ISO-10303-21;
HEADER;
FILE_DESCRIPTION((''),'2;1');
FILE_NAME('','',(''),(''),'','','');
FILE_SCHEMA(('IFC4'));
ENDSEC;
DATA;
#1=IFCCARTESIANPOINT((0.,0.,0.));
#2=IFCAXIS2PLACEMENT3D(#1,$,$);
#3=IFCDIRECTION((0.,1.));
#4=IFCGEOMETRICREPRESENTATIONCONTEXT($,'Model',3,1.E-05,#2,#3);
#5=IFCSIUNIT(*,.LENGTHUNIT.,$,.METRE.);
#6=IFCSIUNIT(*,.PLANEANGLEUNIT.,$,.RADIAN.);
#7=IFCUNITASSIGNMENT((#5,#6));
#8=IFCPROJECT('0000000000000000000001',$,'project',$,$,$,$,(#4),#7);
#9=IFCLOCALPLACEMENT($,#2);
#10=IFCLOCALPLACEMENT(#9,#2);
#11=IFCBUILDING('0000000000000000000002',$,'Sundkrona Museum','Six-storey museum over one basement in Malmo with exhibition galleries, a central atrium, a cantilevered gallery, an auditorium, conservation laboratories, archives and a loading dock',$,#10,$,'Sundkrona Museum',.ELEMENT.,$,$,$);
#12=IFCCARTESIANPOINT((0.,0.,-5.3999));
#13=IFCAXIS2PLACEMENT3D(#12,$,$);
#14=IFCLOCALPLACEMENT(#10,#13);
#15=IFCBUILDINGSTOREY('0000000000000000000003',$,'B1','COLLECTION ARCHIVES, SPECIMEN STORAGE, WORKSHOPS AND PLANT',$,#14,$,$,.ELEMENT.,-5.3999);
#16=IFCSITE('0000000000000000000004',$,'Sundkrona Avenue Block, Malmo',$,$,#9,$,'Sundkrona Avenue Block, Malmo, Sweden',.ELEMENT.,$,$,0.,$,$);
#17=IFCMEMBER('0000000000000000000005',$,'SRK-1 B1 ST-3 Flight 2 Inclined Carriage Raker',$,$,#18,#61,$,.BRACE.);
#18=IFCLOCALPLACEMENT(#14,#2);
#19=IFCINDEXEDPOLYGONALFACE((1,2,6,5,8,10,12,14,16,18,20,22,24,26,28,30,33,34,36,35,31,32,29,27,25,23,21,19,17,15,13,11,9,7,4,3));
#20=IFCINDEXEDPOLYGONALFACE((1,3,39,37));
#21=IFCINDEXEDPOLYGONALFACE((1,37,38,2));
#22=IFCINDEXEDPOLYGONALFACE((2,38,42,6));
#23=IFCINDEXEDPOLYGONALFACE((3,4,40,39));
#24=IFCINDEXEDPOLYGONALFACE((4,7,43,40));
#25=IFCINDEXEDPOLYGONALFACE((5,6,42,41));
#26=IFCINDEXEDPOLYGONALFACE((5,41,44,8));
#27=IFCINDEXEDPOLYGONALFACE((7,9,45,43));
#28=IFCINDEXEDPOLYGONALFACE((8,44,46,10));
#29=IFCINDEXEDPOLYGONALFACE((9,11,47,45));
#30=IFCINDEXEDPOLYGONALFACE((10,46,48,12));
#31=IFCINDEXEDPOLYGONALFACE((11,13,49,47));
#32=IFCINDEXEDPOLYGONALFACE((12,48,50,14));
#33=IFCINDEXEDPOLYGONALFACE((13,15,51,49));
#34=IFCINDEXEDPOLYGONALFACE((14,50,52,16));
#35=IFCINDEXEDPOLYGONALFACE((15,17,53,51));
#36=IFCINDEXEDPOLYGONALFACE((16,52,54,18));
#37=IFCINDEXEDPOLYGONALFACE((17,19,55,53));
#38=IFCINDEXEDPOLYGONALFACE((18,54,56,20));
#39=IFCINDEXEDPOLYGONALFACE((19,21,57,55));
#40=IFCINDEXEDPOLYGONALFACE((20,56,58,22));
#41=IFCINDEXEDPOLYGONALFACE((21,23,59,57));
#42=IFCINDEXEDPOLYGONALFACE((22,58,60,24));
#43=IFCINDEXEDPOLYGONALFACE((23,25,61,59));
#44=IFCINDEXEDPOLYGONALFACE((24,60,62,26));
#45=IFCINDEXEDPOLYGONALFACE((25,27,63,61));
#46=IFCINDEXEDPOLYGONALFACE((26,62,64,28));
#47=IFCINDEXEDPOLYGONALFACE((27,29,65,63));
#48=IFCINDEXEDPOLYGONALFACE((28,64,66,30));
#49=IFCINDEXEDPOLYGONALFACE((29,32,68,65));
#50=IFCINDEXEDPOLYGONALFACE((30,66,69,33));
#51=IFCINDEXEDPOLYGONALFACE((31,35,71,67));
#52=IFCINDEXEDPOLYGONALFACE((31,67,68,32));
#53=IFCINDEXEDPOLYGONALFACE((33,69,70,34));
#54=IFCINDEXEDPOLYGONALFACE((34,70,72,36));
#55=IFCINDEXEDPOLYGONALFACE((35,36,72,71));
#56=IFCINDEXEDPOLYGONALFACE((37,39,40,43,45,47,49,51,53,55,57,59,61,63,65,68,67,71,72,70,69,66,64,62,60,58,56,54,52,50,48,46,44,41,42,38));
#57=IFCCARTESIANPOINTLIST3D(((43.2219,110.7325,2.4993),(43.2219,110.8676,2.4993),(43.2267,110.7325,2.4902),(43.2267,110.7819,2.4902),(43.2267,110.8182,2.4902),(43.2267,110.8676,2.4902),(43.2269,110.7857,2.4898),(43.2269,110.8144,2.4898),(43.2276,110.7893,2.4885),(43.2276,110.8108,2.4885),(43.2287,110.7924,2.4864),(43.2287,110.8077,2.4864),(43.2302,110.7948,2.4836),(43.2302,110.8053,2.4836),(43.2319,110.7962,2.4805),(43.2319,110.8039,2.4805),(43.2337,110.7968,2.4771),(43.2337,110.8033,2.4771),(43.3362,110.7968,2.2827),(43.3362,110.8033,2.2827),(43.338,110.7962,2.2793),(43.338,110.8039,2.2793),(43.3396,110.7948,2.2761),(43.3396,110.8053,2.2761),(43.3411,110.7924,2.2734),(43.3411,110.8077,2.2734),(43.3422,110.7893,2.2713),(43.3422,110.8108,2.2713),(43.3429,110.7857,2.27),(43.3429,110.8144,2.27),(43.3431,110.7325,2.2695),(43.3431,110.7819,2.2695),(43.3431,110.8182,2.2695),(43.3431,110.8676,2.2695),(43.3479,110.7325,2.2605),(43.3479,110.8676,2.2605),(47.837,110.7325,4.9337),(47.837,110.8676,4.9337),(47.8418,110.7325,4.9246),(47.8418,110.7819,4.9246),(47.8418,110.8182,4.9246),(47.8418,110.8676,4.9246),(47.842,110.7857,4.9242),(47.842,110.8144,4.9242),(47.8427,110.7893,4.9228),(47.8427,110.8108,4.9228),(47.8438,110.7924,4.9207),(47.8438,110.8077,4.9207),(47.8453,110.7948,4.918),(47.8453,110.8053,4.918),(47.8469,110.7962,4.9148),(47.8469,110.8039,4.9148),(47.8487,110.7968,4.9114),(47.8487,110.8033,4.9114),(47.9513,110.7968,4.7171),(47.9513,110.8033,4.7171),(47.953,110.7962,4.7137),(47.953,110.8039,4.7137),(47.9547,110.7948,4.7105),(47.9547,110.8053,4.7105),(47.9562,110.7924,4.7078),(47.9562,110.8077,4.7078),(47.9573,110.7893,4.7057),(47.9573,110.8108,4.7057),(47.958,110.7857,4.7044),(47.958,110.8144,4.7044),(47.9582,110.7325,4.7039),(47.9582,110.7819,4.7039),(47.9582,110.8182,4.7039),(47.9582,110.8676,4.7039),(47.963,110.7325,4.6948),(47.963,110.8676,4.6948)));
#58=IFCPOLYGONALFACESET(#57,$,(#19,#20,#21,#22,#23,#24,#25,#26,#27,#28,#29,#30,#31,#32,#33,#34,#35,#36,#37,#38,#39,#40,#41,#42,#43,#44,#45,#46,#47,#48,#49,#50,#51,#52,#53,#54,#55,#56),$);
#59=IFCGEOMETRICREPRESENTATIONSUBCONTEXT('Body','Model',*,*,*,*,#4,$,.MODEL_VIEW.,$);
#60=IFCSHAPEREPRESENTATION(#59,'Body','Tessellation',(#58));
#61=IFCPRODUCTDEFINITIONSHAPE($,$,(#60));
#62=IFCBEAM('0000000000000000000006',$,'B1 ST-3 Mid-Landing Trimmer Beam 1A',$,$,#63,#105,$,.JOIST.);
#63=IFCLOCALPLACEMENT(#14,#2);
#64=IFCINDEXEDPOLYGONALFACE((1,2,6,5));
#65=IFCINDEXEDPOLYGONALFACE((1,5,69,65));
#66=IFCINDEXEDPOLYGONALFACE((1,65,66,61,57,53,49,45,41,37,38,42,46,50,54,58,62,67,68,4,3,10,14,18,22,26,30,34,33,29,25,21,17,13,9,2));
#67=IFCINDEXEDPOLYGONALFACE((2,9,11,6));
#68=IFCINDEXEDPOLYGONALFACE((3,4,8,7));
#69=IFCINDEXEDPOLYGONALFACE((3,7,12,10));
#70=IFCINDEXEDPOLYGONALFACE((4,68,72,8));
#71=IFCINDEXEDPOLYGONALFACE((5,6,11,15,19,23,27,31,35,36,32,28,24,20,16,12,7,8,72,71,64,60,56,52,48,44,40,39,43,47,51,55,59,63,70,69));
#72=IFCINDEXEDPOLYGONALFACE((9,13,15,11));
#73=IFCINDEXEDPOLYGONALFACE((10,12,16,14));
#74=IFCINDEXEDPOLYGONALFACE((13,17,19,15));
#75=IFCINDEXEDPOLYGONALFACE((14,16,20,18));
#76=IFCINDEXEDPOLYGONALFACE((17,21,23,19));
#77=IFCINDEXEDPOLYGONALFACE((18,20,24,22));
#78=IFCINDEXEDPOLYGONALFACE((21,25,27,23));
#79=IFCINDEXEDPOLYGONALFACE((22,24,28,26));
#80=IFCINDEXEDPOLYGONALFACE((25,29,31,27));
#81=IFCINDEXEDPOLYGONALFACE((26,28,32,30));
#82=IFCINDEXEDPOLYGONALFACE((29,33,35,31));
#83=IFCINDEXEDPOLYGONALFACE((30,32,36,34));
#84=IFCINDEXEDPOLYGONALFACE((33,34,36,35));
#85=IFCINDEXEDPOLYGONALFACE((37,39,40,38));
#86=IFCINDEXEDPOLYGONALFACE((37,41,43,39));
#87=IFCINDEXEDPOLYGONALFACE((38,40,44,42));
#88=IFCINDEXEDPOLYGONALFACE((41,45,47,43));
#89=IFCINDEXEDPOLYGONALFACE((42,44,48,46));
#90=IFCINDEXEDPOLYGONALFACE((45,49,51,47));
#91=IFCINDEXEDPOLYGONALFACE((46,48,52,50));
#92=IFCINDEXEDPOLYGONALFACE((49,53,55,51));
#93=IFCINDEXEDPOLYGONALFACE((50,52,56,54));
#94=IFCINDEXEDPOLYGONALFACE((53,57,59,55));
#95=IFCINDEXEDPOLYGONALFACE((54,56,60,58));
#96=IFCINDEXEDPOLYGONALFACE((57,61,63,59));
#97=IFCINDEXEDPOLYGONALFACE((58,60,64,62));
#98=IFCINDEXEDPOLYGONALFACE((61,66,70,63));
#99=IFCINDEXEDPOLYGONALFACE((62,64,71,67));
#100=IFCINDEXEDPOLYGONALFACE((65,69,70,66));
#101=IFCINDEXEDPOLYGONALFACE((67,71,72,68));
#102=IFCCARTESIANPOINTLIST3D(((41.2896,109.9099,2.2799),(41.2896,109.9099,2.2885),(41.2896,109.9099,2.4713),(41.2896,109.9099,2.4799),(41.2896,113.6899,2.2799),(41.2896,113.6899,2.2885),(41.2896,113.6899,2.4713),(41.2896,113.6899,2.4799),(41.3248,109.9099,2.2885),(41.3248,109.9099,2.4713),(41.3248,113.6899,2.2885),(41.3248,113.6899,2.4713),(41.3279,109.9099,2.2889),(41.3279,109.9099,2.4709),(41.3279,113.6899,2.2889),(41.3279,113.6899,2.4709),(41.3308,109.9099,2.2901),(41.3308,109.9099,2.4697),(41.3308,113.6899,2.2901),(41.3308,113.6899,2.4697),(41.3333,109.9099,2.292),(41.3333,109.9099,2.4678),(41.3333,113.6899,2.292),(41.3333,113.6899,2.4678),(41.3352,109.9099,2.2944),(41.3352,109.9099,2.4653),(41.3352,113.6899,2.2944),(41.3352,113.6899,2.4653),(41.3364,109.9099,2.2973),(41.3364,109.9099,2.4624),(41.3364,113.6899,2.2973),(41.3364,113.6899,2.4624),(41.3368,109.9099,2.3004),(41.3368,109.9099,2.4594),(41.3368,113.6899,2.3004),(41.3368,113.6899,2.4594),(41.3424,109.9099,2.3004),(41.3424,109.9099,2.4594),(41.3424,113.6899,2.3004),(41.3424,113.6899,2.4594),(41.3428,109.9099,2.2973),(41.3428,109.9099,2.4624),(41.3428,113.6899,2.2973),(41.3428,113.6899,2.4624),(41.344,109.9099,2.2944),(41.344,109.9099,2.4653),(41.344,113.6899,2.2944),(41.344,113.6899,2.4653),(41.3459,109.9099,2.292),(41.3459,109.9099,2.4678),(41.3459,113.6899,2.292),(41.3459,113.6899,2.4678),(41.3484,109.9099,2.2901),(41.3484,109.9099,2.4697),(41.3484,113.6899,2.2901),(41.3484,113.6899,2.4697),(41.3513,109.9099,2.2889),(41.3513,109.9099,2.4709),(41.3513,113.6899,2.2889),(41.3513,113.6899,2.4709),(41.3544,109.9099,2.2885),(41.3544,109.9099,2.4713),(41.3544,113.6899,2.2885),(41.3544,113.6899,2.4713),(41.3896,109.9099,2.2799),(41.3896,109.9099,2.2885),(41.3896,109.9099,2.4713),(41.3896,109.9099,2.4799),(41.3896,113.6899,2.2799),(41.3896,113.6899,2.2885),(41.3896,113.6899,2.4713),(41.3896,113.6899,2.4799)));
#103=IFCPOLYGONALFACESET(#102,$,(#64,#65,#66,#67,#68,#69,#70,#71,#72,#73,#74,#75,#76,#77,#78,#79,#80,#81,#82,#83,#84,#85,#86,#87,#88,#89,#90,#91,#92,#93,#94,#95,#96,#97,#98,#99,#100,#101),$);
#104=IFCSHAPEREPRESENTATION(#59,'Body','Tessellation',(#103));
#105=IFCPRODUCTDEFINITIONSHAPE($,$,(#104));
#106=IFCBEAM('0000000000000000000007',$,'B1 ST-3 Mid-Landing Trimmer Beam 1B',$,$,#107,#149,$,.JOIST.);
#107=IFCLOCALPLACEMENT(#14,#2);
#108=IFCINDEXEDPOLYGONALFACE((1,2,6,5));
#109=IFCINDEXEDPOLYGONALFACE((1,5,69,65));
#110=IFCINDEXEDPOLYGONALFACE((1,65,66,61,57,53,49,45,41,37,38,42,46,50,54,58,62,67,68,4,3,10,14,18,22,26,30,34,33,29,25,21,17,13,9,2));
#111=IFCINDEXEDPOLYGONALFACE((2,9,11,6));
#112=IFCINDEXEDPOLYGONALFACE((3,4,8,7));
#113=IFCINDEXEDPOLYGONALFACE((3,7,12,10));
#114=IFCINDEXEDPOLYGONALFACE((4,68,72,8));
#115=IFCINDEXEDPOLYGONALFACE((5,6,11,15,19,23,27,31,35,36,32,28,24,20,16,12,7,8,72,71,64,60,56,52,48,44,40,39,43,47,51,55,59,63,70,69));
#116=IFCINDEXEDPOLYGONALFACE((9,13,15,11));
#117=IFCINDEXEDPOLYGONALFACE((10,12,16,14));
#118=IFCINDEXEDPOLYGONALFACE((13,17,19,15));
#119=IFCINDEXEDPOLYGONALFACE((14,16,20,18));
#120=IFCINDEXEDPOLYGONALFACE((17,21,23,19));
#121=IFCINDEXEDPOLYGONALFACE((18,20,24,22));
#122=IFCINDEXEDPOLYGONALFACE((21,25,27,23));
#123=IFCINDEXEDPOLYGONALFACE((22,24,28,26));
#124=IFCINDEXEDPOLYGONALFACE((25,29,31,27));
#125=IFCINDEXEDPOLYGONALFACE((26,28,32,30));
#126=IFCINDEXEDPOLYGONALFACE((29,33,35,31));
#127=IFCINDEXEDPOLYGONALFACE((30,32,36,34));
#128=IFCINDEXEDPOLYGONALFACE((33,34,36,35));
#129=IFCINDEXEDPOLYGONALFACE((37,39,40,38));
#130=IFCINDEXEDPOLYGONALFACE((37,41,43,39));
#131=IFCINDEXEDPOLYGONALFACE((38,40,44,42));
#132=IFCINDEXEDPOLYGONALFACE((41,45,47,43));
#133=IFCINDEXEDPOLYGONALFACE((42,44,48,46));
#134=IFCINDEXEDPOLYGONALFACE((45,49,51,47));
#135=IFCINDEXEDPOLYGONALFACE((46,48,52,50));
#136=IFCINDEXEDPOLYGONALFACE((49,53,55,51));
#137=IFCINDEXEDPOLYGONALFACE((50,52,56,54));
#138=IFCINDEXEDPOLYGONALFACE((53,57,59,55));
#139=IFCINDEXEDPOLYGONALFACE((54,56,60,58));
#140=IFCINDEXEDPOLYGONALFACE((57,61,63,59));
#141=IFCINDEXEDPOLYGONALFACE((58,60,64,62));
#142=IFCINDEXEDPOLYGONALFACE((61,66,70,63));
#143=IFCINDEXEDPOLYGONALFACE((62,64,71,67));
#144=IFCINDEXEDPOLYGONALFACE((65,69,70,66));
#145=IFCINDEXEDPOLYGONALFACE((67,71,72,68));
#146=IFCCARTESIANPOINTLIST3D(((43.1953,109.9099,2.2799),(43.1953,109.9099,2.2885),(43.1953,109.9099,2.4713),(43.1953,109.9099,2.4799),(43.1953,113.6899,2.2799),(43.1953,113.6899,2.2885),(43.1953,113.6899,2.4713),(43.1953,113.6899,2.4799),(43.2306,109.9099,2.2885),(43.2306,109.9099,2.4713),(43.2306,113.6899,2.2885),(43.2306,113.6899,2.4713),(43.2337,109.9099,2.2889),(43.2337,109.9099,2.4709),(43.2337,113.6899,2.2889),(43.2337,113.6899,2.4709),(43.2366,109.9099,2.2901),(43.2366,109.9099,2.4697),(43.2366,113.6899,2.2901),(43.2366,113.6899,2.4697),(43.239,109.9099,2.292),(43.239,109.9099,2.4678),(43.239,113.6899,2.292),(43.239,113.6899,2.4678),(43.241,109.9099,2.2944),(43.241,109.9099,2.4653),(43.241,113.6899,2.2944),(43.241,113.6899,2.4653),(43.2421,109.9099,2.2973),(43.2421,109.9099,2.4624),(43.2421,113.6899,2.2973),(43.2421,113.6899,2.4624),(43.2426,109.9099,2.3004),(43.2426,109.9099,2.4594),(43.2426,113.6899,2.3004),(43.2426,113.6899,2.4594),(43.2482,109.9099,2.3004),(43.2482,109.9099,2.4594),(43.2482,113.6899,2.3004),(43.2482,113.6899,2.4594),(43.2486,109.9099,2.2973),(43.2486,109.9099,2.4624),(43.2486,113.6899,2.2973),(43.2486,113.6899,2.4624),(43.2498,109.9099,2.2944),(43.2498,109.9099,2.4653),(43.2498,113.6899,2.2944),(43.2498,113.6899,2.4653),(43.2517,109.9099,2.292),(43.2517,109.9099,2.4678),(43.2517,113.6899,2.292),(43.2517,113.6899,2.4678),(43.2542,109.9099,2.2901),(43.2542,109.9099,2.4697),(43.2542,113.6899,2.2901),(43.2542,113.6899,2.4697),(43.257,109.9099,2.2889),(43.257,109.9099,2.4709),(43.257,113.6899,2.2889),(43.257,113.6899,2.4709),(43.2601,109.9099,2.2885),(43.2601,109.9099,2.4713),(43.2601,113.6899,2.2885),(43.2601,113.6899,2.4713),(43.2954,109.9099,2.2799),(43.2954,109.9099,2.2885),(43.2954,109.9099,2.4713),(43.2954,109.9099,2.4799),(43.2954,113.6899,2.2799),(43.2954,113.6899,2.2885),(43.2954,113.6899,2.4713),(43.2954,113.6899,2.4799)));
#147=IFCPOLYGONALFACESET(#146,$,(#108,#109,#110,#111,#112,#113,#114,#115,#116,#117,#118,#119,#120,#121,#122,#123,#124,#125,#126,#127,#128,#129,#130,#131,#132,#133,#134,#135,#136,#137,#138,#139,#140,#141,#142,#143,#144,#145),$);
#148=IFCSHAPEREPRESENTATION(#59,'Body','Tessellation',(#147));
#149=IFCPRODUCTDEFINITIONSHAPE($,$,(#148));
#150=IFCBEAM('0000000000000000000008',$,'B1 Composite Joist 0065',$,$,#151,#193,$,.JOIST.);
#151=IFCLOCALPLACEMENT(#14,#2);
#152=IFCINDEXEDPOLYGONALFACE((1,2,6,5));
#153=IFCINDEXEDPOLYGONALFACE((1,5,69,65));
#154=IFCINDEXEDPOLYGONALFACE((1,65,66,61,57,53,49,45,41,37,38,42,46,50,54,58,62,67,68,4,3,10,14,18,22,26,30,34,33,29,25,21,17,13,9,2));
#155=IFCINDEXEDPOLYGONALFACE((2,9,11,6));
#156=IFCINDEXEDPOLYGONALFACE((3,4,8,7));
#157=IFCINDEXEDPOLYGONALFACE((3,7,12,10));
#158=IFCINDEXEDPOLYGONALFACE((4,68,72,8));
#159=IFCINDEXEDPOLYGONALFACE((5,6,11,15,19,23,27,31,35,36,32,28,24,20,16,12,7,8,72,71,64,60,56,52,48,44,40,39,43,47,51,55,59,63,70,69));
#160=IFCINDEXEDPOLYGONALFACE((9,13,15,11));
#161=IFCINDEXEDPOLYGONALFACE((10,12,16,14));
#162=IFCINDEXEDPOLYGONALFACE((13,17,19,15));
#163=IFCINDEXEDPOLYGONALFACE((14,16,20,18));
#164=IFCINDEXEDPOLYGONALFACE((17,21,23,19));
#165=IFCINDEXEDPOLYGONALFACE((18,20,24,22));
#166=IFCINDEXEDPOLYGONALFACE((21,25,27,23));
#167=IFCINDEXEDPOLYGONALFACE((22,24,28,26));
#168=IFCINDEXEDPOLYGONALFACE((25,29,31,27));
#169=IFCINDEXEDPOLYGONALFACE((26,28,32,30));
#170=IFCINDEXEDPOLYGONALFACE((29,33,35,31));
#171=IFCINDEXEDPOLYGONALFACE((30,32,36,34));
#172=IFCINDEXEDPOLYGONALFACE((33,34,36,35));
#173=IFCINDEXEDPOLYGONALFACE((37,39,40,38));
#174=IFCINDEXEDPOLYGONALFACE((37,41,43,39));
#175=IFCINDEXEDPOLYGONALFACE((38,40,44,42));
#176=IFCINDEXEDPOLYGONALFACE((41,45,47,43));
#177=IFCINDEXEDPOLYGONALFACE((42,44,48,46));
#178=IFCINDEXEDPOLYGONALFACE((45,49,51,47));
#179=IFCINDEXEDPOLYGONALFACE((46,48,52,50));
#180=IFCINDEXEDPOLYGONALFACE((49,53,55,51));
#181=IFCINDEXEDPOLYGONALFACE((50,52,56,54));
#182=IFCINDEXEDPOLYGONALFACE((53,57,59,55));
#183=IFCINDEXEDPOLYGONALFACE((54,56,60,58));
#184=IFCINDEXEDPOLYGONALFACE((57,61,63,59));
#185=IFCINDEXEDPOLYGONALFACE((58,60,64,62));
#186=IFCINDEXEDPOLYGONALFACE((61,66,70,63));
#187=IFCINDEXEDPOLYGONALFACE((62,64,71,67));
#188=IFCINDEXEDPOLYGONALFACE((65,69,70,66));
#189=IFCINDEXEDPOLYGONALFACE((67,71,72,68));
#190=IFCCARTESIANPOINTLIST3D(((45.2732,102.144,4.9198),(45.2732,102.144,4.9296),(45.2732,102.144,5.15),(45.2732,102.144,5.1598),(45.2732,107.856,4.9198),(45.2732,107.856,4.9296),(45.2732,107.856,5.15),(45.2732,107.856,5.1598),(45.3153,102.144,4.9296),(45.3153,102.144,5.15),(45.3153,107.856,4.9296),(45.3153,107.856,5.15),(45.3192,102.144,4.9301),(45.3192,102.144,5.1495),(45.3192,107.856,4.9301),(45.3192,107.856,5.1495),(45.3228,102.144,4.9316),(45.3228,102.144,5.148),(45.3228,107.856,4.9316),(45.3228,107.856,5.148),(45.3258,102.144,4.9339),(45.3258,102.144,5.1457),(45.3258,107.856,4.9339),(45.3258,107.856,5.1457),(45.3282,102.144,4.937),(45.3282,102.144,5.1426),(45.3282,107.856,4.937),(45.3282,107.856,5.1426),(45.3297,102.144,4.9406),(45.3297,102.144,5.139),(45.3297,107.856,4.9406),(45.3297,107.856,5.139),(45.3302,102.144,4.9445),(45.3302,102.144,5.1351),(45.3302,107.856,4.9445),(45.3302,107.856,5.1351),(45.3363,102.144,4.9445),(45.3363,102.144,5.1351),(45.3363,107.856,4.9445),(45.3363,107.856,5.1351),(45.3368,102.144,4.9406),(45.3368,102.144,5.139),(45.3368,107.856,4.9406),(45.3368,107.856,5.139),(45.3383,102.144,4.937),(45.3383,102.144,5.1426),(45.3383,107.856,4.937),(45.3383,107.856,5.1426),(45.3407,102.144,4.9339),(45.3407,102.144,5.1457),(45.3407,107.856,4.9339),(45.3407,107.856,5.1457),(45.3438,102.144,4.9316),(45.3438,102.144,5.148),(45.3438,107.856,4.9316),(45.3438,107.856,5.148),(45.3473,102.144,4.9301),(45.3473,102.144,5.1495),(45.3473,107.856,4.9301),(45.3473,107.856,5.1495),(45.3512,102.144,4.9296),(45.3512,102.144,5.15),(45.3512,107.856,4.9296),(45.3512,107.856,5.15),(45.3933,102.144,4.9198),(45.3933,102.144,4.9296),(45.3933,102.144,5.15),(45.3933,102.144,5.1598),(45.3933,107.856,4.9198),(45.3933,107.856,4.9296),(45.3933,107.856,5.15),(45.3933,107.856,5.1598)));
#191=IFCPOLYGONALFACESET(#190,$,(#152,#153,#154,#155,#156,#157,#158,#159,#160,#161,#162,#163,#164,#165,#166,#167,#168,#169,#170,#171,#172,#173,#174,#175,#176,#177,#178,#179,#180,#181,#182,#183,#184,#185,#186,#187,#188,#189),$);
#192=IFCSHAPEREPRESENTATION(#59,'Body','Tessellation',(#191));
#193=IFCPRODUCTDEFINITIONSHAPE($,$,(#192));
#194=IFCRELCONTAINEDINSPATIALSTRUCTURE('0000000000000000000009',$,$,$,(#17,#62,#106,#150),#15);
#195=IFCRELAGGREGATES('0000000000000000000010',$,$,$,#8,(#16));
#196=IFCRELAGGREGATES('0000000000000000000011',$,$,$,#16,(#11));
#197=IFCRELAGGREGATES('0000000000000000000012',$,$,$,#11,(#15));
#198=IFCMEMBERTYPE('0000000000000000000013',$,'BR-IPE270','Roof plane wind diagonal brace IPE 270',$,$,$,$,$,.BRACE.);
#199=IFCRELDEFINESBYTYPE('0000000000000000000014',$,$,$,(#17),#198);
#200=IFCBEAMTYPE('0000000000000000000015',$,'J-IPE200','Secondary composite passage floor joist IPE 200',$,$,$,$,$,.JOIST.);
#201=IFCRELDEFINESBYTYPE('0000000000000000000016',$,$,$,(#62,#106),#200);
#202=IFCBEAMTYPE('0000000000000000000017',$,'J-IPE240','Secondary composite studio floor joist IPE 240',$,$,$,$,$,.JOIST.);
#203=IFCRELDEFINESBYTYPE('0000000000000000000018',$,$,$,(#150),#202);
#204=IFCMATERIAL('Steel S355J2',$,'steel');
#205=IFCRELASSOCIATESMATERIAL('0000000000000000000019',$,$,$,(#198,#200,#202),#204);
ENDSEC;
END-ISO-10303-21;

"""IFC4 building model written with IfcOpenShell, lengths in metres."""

from ifc_helpers import new_model, si_unit, direction, frame, origin, origin_2d, place, context, subcontext, project, spatial, i_section, extrude, material, material_profile, profile_set, type_object, element, save


model = new_model("IFC4")

# Units and contexts
model_context = context("Model", 3, precision=1e-05, world=origin(), true_north=direction((0.0, 1.0)))
body_context = subcontext(model_context, "Body", "Model", "MODEL_VIEW")
ifc_project = project(units=[si_unit("LENGTHUNIT", "METRE"), si_unit("PLANEANGLEUNIT", "RADIAN")], contexts=[model_context])

# Site, building, storey
site_placement = place(None, origin())
site = spatial("IfcSite", under=ifc_project, at=site_placement, Name="Sundkrona Avenue Block, Malmo", LongName="Sundkrona Avenue Block, Malmo, Sweden", CompositionType="ELEMENT", RefElevation=0.0)
building_placement = place(site_placement, origin())
building = spatial("IfcBuilding", under=site, at=building_placement, Name="Sundkrona Museum", Description="Six-storey museum over one basement in Malmo with exhibition galleries, a central atrium, a cantilevered gallery, an auditorium, conservation laboratories, archives and a loading dock", LongName="Sundkrona Museum", CompositionType="ELEMENT")
storey_placement = place(building_placement, frame((0.0, 0.0, -5.3999)))
storey = spatial("IfcBuildingStorey", under=building, at=storey_placement, Name="B1", Description="COLLECTION ARCHIVES, SPECIMEN STORAGE, WORKSHOPS AND PLANT", CompositionType="ELEMENT", Elevation=-5.3999)

# Member
ifc_material_1 = material(Name="Steel S355J2", Category="steel")
ifc_material_profile_1 = material_profile(ifc_material_1, i_section(OverallWidth=0.135, OverallDepth=0.27, WebThickness=0.0066, FlangeThickness=0.0103, FilletRadius=0.0149, at=origin_2d()), Name="IPE 270")
ifc_profile_set_1 = profile_set([ifc_material_profile_1], Name="Steel S355J2")
member_type = type_object("IfcMemberType", Name="BR-IPE270", Description="Roof plane wind diagonal brace IPE 270", PredefinedType="BRACE", material=ifc_profile_set_1)
member_placement = place(storey_placement, frame((43.2849, 110.8, 2.3799), z_axis=(0.884493, 0.0, 0.466554), x_axis=(0.0, 1.0, 0.0)))
element("IfcMember", 1, at=member_placement, inside=storey, type_object=member_type, Name="SRK-1 B1 ST-3 Flight 2 Inclined Carriage Raker", PredefinedType="BRACE", context=body_context, shape_type="SweptSolid", body=[
    extrude(i_section(OverallWidth=0.135, OverallDepth=0.27, WebThickness=0.0066, FlangeThickness=0.0103, FilletRadius=0.0149, at=origin_2d()), origin(), (0.0, 0.0, 1.0), 5.2178),
])

# Beams
ifc_material_profile_2 = material_profile(ifc_material_1, i_section(OverallWidth=0.1001, OverallDepth=0.2, WebThickness=0.0056, FlangeThickness=0.0085, FilletRadius=0.012, at=origin_2d()), Name="IPE 200")
ifc_profile_set_2 = profile_set([ifc_material_profile_2], Name="Steel S355J2")
beam_type_1 = type_object("IfcBeamType", Name="J-IPE200", Description="Secondary composite passage floor joist IPE 200", PredefinedType="JOIST", material=ifc_profile_set_2)
for number, where, z_axis, x_axis, name in (
    (2, (41.3396, 109.9099, 2.3799), (0.0, 1.0, 0.0), (-1.0, 0.0, 0.0), "B1 ST-3 Mid-Landing Trimmer Beam 1A"),
    (3, (43.2454, 109.9099, 2.3799), (0.0, 1.0, 0.0), (-1.0, 0.0, 0.0), "B1 ST-3 Mid-Landing Trimmer Beam 1B"),
):
    element("IfcBeam", number, at=place(storey_placement, frame(where, z_axis=z_axis, x_axis=x_axis)), inside=storey, type_object=beam_type_1, Name=name, PredefinedType="JOIST", context=body_context, shape_type="SweptSolid", body=[
        extrude(i_section(OverallWidth=0.1001, OverallDepth=0.2, WebThickness=0.0056, FlangeThickness=0.0085, FilletRadius=0.012, at=origin_2d()), origin(), (0.0, 0.0, 1.0), 3.78),
    ])
ifc_material_profile_3 = material_profile(ifc_material_1, i_section(OverallWidth=0.1201, OverallDepth=0.24, WebThickness=0.0061, FlangeThickness=0.0098, FilletRadius=0.0149, at=origin_2d()), Name="IPE 240")
ifc_profile_set_3 = profile_set([ifc_material_profile_3], Name="Steel S355J2")
beam_type_2 = type_object("IfcBeamType", Name="J-IPE240", Description="Secondary composite studio floor joist IPE 240", PredefinedType="JOIST", material=ifc_profile_set_3)
beam_1_placement = place(storey_placement, frame((45.3333, 102.144, 5.0398), z_axis=(0.0, 1.0, 0.0), x_axis=(-1.0, 0.0, 0.0)))
element("IfcBeam", 4, at=beam_1_placement, inside=storey, type_object=beam_type_2, Name="B1 Composite Joist 0065", PredefinedType="JOIST", context=body_context, shape_type="SweptSolid", body=[
    extrude(i_section(OverallWidth=0.1201, OverallDepth=0.24, WebThickness=0.0061, FlangeThickness=0.0098, FilletRadius=0.0149, at=origin_2d()), origin(), (0.0, 0.0, 1.0), 5.7119),
])

save(model, "model.ifc")
